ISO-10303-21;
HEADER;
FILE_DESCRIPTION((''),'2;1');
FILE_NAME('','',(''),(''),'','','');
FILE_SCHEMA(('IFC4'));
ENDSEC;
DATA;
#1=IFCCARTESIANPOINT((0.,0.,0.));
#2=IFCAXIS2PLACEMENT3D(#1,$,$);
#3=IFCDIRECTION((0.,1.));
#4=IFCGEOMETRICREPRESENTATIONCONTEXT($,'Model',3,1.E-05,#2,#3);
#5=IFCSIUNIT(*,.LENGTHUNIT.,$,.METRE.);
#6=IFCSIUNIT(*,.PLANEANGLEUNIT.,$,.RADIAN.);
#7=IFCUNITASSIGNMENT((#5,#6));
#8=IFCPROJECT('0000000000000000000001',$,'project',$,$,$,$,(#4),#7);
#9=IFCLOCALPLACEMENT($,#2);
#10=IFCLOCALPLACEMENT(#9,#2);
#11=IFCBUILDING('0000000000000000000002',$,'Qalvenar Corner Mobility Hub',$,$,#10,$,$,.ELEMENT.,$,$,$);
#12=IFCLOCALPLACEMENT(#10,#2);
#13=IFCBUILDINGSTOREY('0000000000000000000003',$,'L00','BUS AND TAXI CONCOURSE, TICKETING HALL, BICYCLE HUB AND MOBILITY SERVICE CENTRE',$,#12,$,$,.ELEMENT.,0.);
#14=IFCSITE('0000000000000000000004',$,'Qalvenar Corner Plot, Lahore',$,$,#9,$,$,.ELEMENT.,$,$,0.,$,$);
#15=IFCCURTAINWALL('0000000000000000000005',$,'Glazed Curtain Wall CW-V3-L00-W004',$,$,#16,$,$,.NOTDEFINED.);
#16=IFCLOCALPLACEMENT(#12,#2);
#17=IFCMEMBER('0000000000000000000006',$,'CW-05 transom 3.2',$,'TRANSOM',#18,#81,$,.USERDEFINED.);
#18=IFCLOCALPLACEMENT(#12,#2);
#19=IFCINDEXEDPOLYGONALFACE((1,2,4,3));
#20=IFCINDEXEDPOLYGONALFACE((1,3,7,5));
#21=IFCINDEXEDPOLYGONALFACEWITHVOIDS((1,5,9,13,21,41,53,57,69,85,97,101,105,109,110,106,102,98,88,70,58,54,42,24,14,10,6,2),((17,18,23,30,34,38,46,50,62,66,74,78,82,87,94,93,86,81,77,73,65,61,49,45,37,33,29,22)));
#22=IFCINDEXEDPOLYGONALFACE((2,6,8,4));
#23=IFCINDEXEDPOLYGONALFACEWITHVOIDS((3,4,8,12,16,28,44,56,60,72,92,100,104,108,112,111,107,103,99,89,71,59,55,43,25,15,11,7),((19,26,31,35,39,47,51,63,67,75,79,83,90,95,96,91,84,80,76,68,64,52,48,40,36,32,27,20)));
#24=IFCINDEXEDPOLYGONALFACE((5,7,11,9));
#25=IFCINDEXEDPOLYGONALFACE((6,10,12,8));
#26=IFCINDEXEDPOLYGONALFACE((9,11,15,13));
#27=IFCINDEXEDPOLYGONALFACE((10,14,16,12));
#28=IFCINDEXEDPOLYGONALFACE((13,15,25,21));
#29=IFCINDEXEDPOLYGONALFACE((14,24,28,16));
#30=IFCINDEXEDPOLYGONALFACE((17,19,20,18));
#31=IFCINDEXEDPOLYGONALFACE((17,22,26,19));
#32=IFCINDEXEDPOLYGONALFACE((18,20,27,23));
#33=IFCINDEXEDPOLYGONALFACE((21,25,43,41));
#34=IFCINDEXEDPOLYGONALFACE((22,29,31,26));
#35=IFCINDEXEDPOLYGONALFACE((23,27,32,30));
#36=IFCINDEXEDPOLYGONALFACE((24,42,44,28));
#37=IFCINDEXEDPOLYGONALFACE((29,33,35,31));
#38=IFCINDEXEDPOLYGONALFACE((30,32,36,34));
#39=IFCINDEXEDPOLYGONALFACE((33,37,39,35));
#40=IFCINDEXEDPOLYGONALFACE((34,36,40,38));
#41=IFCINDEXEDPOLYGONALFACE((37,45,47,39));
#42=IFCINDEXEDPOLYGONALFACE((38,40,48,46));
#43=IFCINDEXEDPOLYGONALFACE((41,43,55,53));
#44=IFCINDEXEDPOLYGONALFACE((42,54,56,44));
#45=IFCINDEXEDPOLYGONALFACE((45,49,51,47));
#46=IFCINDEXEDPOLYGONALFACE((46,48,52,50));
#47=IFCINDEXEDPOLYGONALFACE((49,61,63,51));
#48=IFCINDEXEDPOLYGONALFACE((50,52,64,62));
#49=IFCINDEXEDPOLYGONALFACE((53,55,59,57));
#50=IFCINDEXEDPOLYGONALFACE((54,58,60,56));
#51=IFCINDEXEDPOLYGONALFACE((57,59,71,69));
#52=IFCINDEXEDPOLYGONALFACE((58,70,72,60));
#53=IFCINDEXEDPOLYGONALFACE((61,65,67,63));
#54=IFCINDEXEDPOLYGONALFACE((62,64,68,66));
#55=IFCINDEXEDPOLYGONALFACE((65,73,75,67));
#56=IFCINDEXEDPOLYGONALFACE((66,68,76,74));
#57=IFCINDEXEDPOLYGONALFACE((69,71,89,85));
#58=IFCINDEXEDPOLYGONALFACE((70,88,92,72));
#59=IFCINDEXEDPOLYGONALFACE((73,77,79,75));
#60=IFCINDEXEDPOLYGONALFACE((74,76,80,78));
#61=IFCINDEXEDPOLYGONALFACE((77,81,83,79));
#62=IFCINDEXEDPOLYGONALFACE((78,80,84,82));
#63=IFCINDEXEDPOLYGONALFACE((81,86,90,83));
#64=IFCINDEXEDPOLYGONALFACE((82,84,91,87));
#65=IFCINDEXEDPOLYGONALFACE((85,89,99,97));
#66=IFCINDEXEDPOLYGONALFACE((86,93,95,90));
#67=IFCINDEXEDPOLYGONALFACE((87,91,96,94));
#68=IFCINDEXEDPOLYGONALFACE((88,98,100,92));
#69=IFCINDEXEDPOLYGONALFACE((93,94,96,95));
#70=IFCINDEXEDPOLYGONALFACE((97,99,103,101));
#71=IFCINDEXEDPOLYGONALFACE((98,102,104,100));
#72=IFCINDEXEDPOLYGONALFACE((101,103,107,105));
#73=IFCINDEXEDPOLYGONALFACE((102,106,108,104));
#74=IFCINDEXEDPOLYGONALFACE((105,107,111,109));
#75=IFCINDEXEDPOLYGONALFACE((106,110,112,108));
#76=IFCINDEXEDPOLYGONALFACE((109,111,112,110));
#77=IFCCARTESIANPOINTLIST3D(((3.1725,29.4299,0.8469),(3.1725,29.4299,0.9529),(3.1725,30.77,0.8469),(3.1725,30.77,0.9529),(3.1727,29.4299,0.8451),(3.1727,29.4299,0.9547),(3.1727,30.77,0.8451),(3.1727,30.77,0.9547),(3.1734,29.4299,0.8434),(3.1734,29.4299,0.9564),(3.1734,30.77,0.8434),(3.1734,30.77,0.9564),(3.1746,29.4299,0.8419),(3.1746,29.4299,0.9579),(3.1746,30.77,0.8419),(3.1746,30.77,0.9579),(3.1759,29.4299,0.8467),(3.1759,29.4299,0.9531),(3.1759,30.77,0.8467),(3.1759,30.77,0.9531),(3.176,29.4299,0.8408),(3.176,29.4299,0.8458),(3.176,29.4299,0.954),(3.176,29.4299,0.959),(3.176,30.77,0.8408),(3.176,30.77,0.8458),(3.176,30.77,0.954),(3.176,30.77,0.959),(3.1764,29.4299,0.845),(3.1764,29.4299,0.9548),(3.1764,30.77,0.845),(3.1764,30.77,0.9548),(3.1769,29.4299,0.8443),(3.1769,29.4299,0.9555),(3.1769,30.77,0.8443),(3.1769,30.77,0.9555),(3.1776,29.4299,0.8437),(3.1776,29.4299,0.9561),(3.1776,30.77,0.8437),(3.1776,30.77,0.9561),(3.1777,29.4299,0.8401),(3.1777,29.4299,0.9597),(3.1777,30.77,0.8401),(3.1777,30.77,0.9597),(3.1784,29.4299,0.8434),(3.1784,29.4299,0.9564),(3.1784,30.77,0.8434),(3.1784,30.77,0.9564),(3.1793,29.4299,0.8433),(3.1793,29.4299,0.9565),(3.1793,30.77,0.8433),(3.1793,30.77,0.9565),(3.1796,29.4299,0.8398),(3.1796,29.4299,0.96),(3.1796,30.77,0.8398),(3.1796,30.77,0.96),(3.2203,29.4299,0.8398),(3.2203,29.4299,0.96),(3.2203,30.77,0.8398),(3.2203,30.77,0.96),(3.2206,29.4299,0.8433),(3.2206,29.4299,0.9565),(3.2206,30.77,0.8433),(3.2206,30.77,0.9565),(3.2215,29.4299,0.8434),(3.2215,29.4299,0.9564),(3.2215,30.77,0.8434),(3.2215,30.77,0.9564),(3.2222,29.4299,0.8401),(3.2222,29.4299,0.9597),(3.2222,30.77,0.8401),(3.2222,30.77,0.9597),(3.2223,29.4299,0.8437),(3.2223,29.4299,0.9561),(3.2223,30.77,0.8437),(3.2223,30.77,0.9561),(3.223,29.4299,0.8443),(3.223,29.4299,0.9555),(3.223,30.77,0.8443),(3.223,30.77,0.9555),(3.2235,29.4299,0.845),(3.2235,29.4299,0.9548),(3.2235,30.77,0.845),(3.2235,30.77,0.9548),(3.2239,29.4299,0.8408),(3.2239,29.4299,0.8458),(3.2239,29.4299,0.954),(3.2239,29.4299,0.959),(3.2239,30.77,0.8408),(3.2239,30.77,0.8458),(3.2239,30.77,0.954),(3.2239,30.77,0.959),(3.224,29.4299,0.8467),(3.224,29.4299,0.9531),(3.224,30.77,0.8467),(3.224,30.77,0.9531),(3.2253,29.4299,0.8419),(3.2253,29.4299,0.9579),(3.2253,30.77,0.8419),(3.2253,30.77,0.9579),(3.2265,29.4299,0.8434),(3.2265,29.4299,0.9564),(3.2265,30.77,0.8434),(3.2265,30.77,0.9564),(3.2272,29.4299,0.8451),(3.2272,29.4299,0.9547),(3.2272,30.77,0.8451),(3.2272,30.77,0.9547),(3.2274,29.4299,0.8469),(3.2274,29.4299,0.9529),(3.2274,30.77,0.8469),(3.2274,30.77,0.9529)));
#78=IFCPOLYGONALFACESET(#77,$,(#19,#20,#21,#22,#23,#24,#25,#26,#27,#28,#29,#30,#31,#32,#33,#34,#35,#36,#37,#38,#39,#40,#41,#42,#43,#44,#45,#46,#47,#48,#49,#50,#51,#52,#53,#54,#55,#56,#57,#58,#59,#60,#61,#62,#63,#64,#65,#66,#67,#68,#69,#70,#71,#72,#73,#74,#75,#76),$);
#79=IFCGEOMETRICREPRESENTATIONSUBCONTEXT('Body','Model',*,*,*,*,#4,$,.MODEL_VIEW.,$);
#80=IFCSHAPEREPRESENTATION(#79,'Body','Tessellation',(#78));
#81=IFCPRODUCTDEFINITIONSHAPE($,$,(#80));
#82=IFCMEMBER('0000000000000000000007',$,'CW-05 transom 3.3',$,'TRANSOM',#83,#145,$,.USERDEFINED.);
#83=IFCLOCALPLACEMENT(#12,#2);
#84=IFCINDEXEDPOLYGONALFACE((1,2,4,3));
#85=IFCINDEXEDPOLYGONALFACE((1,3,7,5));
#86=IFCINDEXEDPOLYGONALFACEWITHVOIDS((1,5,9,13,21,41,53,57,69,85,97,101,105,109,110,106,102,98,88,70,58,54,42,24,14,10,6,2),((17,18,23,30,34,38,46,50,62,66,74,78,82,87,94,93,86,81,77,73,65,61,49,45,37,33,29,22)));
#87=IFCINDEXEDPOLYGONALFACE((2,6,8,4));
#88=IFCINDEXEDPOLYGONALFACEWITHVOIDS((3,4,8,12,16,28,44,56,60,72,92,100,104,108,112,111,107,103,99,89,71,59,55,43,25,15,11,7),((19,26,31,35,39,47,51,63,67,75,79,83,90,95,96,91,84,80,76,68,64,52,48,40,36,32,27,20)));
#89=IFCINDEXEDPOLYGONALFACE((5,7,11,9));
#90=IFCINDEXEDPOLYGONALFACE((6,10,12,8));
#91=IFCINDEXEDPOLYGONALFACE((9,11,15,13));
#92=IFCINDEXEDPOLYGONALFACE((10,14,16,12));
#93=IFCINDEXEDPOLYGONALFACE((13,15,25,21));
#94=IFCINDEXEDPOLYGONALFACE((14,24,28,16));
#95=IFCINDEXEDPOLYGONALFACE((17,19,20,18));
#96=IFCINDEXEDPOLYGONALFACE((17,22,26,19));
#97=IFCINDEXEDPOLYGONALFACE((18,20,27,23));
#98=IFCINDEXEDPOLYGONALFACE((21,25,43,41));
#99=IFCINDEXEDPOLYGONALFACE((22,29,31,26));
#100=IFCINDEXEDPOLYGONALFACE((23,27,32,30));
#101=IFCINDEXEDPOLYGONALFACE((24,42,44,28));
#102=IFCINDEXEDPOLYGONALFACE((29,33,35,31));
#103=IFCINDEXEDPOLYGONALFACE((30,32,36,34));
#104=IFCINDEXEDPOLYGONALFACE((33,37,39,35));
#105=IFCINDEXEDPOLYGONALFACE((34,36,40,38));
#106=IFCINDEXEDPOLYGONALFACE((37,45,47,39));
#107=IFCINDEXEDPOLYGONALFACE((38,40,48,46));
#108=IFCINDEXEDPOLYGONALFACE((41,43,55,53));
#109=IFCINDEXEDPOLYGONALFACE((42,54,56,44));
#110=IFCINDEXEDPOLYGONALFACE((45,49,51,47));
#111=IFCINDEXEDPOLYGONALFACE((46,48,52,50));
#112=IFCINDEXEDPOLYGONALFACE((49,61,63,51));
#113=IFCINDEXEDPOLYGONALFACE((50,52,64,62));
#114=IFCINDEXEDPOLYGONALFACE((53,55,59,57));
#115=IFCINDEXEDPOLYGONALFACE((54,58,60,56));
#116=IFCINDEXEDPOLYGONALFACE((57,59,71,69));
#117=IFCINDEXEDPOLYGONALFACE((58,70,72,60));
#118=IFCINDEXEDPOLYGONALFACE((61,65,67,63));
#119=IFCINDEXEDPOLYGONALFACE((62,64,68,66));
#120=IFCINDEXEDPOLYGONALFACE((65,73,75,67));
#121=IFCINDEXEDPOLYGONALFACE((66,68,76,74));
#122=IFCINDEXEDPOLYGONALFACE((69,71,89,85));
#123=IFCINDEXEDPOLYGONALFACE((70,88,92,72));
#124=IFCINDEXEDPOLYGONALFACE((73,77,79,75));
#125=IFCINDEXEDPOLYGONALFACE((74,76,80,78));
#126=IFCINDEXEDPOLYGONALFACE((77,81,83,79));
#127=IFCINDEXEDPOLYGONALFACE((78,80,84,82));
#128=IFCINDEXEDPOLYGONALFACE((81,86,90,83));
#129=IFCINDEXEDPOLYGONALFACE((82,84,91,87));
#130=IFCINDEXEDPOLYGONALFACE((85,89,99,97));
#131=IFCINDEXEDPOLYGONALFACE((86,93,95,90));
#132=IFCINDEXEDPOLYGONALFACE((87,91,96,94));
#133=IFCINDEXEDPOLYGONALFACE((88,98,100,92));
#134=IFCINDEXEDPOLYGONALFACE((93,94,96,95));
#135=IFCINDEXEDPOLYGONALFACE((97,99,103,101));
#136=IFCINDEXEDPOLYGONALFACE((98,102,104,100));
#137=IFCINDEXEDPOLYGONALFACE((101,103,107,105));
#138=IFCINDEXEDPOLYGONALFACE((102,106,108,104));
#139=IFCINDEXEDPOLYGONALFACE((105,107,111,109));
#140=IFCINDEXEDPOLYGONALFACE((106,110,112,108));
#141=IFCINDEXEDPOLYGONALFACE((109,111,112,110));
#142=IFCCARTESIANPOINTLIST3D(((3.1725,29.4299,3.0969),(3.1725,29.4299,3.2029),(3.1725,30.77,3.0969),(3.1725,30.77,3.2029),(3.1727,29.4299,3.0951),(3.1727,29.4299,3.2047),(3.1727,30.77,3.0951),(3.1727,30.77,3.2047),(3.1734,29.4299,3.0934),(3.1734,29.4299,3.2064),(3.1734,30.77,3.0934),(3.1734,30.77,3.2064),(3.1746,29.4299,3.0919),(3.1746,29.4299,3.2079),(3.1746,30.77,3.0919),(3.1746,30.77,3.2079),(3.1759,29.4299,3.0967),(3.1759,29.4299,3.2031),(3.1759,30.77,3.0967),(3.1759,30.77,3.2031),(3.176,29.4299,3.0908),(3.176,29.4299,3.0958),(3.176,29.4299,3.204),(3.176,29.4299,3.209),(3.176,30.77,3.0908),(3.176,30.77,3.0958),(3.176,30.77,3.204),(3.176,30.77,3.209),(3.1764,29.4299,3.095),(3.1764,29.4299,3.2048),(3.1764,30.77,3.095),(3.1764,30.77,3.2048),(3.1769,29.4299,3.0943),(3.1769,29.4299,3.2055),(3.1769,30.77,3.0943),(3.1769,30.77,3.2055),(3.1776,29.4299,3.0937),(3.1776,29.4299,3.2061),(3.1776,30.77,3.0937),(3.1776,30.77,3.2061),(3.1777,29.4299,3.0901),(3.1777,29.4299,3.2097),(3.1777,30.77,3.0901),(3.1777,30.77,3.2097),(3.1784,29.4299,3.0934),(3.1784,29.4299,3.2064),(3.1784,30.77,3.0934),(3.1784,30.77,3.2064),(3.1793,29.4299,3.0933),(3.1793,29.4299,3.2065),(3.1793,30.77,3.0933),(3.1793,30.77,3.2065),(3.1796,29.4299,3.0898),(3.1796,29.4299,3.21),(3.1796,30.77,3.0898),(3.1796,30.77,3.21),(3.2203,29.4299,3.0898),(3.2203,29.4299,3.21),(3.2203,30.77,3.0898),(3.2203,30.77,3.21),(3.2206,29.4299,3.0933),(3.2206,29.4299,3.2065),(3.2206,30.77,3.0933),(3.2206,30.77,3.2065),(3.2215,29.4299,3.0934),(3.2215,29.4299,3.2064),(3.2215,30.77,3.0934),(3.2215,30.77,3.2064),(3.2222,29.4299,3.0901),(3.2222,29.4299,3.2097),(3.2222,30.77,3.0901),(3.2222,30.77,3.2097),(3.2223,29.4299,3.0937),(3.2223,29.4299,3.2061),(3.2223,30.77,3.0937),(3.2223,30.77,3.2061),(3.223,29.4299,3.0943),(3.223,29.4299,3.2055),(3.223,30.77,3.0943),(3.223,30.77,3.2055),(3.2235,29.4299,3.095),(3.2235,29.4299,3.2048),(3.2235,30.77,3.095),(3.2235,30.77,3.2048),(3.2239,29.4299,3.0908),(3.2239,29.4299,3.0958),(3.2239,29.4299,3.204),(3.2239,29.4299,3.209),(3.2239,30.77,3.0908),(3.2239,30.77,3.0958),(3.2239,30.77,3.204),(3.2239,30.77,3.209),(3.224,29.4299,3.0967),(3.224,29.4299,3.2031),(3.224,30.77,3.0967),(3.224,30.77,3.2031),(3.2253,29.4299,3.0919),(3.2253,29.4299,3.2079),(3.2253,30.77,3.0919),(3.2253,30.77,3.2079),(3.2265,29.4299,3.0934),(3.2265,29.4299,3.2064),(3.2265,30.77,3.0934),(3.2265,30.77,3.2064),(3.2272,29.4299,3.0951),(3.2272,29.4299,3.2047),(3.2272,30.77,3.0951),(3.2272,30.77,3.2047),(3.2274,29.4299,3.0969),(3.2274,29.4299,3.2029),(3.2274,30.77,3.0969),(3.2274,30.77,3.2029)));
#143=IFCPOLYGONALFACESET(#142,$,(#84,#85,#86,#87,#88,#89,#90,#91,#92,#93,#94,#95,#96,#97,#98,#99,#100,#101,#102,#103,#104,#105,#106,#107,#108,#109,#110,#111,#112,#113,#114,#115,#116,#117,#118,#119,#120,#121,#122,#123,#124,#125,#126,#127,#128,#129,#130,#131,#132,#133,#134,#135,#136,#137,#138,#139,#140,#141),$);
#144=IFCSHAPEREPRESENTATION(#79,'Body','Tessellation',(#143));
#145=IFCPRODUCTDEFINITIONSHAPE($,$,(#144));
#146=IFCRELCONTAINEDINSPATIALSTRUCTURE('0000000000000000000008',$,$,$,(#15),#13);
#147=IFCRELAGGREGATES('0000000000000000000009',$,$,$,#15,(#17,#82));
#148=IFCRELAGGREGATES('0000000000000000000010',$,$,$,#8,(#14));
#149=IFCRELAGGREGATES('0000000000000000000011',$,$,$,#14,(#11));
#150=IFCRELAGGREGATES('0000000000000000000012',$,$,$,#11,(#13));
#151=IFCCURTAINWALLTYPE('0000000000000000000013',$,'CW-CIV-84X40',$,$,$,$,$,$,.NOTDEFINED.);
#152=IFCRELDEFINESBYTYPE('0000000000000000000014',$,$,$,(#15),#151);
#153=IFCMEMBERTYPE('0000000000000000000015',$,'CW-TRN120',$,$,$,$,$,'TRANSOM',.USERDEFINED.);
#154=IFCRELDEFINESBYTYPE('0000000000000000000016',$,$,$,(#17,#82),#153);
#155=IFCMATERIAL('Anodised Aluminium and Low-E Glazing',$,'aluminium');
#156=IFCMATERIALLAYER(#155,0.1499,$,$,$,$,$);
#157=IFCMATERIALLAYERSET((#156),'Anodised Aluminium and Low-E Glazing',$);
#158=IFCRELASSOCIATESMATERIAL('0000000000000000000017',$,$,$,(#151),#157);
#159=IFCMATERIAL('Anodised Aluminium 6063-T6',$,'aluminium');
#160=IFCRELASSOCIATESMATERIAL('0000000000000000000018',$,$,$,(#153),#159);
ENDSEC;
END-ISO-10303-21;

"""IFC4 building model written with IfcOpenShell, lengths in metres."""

from ifc_helpers import new_model, si_unit, direction, frame, origin, origin_2d, place, context, subcontext, project, spatial, hollow_rectangle, extrude, material, layer, layer_set, material_profile, profile_set, type_object, element, aggregate, save


model = new_model("IFC4")

# Units and contexts
model_context = context("Model", 3, precision=1e-05, world=origin(), true_north=direction((0.0, 1.0)))
body_context = subcontext(model_context, "Body", "Model", "MODEL_VIEW")
ifc_project = project(units=[si_unit("LENGTHUNIT", "METRE"), si_unit("PLANEANGLEUNIT", "RADIAN")], contexts=[model_context])

# Site, building, storey
site_placement = place(None, origin())
site = spatial("IfcSite", under=ifc_project, at=site_placement, Name="Qalvenar Corner Plot, Lahore", CompositionType="ELEMENT", RefElevation=0.0)
building_placement = place(site_placement, origin())
building = spatial("IfcBuilding", under=site, at=building_placement, Name="Qalvenar Corner Mobility Hub", CompositionType="ELEMENT")
storey_placement = place(building_placement, origin())
storey = spatial("IfcBuildingStorey", under=building, at=storey_placement, Name="L00", Description="BUS AND TAXI CONCOURSE, TICKETING HALL, BICYCLE HUB AND MOBILITY SERVICE CENTRE", CompositionType="ELEMENT", Elevation=0.0)

# Curtain wall
ifc_material_1 = material(Name="Anodised Aluminium and Low-E Glazing", Category="aluminium")
ifc_layer_1 = layer(ifc_material_1, 0.1499)
ifc_layer_set_1 = layer_set([ifc_layer_1], Name="Anodised Aluminium and Low-E Glazing")
curtain_wall_type_1 = type_object("IfcCurtainWallType", Name="CW-CIV-84X40", PredefinedType="NOTDEFINED", material=ifc_layer_set_1)
curtain_wall_1_placement = place(storey_placement, origin())
curtain_wall_1 = element("IfcCurtainWall", 1, at=curtain_wall_1_placement, inside=storey, type_object=curtain_wall_type_1, Name="Glazed Curtain Wall CW-V3-L00-W004", PredefinedType="NOTDEFINED")
ifc_material_2 = material(Name="Anodised Aluminium 6063-T6", Category="aluminium")

# Members
ifc_material_profile_1 = material_profile(ifc_material_2, hollow_rectangle(XDim=0.0549, YDim=0.1201, WallThickness=0.0034, InnerFilletRadius=0.0034, OuterFilletRadius=0.0071, at=origin_2d()), Name="RHS120x55x3.5")
ifc_profile_set_1 = profile_set([ifc_material_profile_1], Name="Anodised Aluminium 6063-T6")
member_type_1 = type_object("IfcMemberType", Name="CW-TRN120", ElementType="TRANSOM", PredefinedType="USERDEFINED", material=ifc_profile_set_1)
member_1_placement = place(storey_placement, frame((3.2, 30.77, 0.8999), z_axis=(0.0, -1.0, 0.0), x_axis=(1.0, 0.0, 0.0)))
member_1 = element("IfcMember", 2, at=member_1_placement, type_object=member_type_1, Name="CW-05 transom 3.2", ObjectType="TRANSOM", PredefinedType="USERDEFINED", context=body_context, shape_type="SweptSolid", body=[
    extrude(hollow_rectangle(XDim=0.0549, YDim=0.1201, WallThickness=0.0034, InnerFilletRadius=0.0034, OuterFilletRadius=0.0071, at=origin_2d()), origin(), (0.0, 0.0, 1.0), 1.3401),
])
member_2_placement = place(storey_placement, frame((3.2, 30.77, 3.1499), z_axis=(0.0, -1.0, 0.0), x_axis=(1.0, 0.0, 0.0)))
member_2 = element("IfcMember", 3, at=member_2_placement, type_object=member_type_1, Name="CW-05 transom 3.3", ObjectType="TRANSOM", PredefinedType="USERDEFINED", context=body_context, shape_type="SweptSolid", body=[
    extrude(hollow_rectangle(XDim=0.0549, YDim=0.1201, WallThickness=0.0034, InnerFilletRadius=0.0034, OuterFilletRadius=0.0071, at=origin_2d()), origin(), (0.0, 0.0, 1.0), 1.3401),
])

aggregate(curtain_wall_1, [member_1, member_2])

save(model, "model.ifc")
